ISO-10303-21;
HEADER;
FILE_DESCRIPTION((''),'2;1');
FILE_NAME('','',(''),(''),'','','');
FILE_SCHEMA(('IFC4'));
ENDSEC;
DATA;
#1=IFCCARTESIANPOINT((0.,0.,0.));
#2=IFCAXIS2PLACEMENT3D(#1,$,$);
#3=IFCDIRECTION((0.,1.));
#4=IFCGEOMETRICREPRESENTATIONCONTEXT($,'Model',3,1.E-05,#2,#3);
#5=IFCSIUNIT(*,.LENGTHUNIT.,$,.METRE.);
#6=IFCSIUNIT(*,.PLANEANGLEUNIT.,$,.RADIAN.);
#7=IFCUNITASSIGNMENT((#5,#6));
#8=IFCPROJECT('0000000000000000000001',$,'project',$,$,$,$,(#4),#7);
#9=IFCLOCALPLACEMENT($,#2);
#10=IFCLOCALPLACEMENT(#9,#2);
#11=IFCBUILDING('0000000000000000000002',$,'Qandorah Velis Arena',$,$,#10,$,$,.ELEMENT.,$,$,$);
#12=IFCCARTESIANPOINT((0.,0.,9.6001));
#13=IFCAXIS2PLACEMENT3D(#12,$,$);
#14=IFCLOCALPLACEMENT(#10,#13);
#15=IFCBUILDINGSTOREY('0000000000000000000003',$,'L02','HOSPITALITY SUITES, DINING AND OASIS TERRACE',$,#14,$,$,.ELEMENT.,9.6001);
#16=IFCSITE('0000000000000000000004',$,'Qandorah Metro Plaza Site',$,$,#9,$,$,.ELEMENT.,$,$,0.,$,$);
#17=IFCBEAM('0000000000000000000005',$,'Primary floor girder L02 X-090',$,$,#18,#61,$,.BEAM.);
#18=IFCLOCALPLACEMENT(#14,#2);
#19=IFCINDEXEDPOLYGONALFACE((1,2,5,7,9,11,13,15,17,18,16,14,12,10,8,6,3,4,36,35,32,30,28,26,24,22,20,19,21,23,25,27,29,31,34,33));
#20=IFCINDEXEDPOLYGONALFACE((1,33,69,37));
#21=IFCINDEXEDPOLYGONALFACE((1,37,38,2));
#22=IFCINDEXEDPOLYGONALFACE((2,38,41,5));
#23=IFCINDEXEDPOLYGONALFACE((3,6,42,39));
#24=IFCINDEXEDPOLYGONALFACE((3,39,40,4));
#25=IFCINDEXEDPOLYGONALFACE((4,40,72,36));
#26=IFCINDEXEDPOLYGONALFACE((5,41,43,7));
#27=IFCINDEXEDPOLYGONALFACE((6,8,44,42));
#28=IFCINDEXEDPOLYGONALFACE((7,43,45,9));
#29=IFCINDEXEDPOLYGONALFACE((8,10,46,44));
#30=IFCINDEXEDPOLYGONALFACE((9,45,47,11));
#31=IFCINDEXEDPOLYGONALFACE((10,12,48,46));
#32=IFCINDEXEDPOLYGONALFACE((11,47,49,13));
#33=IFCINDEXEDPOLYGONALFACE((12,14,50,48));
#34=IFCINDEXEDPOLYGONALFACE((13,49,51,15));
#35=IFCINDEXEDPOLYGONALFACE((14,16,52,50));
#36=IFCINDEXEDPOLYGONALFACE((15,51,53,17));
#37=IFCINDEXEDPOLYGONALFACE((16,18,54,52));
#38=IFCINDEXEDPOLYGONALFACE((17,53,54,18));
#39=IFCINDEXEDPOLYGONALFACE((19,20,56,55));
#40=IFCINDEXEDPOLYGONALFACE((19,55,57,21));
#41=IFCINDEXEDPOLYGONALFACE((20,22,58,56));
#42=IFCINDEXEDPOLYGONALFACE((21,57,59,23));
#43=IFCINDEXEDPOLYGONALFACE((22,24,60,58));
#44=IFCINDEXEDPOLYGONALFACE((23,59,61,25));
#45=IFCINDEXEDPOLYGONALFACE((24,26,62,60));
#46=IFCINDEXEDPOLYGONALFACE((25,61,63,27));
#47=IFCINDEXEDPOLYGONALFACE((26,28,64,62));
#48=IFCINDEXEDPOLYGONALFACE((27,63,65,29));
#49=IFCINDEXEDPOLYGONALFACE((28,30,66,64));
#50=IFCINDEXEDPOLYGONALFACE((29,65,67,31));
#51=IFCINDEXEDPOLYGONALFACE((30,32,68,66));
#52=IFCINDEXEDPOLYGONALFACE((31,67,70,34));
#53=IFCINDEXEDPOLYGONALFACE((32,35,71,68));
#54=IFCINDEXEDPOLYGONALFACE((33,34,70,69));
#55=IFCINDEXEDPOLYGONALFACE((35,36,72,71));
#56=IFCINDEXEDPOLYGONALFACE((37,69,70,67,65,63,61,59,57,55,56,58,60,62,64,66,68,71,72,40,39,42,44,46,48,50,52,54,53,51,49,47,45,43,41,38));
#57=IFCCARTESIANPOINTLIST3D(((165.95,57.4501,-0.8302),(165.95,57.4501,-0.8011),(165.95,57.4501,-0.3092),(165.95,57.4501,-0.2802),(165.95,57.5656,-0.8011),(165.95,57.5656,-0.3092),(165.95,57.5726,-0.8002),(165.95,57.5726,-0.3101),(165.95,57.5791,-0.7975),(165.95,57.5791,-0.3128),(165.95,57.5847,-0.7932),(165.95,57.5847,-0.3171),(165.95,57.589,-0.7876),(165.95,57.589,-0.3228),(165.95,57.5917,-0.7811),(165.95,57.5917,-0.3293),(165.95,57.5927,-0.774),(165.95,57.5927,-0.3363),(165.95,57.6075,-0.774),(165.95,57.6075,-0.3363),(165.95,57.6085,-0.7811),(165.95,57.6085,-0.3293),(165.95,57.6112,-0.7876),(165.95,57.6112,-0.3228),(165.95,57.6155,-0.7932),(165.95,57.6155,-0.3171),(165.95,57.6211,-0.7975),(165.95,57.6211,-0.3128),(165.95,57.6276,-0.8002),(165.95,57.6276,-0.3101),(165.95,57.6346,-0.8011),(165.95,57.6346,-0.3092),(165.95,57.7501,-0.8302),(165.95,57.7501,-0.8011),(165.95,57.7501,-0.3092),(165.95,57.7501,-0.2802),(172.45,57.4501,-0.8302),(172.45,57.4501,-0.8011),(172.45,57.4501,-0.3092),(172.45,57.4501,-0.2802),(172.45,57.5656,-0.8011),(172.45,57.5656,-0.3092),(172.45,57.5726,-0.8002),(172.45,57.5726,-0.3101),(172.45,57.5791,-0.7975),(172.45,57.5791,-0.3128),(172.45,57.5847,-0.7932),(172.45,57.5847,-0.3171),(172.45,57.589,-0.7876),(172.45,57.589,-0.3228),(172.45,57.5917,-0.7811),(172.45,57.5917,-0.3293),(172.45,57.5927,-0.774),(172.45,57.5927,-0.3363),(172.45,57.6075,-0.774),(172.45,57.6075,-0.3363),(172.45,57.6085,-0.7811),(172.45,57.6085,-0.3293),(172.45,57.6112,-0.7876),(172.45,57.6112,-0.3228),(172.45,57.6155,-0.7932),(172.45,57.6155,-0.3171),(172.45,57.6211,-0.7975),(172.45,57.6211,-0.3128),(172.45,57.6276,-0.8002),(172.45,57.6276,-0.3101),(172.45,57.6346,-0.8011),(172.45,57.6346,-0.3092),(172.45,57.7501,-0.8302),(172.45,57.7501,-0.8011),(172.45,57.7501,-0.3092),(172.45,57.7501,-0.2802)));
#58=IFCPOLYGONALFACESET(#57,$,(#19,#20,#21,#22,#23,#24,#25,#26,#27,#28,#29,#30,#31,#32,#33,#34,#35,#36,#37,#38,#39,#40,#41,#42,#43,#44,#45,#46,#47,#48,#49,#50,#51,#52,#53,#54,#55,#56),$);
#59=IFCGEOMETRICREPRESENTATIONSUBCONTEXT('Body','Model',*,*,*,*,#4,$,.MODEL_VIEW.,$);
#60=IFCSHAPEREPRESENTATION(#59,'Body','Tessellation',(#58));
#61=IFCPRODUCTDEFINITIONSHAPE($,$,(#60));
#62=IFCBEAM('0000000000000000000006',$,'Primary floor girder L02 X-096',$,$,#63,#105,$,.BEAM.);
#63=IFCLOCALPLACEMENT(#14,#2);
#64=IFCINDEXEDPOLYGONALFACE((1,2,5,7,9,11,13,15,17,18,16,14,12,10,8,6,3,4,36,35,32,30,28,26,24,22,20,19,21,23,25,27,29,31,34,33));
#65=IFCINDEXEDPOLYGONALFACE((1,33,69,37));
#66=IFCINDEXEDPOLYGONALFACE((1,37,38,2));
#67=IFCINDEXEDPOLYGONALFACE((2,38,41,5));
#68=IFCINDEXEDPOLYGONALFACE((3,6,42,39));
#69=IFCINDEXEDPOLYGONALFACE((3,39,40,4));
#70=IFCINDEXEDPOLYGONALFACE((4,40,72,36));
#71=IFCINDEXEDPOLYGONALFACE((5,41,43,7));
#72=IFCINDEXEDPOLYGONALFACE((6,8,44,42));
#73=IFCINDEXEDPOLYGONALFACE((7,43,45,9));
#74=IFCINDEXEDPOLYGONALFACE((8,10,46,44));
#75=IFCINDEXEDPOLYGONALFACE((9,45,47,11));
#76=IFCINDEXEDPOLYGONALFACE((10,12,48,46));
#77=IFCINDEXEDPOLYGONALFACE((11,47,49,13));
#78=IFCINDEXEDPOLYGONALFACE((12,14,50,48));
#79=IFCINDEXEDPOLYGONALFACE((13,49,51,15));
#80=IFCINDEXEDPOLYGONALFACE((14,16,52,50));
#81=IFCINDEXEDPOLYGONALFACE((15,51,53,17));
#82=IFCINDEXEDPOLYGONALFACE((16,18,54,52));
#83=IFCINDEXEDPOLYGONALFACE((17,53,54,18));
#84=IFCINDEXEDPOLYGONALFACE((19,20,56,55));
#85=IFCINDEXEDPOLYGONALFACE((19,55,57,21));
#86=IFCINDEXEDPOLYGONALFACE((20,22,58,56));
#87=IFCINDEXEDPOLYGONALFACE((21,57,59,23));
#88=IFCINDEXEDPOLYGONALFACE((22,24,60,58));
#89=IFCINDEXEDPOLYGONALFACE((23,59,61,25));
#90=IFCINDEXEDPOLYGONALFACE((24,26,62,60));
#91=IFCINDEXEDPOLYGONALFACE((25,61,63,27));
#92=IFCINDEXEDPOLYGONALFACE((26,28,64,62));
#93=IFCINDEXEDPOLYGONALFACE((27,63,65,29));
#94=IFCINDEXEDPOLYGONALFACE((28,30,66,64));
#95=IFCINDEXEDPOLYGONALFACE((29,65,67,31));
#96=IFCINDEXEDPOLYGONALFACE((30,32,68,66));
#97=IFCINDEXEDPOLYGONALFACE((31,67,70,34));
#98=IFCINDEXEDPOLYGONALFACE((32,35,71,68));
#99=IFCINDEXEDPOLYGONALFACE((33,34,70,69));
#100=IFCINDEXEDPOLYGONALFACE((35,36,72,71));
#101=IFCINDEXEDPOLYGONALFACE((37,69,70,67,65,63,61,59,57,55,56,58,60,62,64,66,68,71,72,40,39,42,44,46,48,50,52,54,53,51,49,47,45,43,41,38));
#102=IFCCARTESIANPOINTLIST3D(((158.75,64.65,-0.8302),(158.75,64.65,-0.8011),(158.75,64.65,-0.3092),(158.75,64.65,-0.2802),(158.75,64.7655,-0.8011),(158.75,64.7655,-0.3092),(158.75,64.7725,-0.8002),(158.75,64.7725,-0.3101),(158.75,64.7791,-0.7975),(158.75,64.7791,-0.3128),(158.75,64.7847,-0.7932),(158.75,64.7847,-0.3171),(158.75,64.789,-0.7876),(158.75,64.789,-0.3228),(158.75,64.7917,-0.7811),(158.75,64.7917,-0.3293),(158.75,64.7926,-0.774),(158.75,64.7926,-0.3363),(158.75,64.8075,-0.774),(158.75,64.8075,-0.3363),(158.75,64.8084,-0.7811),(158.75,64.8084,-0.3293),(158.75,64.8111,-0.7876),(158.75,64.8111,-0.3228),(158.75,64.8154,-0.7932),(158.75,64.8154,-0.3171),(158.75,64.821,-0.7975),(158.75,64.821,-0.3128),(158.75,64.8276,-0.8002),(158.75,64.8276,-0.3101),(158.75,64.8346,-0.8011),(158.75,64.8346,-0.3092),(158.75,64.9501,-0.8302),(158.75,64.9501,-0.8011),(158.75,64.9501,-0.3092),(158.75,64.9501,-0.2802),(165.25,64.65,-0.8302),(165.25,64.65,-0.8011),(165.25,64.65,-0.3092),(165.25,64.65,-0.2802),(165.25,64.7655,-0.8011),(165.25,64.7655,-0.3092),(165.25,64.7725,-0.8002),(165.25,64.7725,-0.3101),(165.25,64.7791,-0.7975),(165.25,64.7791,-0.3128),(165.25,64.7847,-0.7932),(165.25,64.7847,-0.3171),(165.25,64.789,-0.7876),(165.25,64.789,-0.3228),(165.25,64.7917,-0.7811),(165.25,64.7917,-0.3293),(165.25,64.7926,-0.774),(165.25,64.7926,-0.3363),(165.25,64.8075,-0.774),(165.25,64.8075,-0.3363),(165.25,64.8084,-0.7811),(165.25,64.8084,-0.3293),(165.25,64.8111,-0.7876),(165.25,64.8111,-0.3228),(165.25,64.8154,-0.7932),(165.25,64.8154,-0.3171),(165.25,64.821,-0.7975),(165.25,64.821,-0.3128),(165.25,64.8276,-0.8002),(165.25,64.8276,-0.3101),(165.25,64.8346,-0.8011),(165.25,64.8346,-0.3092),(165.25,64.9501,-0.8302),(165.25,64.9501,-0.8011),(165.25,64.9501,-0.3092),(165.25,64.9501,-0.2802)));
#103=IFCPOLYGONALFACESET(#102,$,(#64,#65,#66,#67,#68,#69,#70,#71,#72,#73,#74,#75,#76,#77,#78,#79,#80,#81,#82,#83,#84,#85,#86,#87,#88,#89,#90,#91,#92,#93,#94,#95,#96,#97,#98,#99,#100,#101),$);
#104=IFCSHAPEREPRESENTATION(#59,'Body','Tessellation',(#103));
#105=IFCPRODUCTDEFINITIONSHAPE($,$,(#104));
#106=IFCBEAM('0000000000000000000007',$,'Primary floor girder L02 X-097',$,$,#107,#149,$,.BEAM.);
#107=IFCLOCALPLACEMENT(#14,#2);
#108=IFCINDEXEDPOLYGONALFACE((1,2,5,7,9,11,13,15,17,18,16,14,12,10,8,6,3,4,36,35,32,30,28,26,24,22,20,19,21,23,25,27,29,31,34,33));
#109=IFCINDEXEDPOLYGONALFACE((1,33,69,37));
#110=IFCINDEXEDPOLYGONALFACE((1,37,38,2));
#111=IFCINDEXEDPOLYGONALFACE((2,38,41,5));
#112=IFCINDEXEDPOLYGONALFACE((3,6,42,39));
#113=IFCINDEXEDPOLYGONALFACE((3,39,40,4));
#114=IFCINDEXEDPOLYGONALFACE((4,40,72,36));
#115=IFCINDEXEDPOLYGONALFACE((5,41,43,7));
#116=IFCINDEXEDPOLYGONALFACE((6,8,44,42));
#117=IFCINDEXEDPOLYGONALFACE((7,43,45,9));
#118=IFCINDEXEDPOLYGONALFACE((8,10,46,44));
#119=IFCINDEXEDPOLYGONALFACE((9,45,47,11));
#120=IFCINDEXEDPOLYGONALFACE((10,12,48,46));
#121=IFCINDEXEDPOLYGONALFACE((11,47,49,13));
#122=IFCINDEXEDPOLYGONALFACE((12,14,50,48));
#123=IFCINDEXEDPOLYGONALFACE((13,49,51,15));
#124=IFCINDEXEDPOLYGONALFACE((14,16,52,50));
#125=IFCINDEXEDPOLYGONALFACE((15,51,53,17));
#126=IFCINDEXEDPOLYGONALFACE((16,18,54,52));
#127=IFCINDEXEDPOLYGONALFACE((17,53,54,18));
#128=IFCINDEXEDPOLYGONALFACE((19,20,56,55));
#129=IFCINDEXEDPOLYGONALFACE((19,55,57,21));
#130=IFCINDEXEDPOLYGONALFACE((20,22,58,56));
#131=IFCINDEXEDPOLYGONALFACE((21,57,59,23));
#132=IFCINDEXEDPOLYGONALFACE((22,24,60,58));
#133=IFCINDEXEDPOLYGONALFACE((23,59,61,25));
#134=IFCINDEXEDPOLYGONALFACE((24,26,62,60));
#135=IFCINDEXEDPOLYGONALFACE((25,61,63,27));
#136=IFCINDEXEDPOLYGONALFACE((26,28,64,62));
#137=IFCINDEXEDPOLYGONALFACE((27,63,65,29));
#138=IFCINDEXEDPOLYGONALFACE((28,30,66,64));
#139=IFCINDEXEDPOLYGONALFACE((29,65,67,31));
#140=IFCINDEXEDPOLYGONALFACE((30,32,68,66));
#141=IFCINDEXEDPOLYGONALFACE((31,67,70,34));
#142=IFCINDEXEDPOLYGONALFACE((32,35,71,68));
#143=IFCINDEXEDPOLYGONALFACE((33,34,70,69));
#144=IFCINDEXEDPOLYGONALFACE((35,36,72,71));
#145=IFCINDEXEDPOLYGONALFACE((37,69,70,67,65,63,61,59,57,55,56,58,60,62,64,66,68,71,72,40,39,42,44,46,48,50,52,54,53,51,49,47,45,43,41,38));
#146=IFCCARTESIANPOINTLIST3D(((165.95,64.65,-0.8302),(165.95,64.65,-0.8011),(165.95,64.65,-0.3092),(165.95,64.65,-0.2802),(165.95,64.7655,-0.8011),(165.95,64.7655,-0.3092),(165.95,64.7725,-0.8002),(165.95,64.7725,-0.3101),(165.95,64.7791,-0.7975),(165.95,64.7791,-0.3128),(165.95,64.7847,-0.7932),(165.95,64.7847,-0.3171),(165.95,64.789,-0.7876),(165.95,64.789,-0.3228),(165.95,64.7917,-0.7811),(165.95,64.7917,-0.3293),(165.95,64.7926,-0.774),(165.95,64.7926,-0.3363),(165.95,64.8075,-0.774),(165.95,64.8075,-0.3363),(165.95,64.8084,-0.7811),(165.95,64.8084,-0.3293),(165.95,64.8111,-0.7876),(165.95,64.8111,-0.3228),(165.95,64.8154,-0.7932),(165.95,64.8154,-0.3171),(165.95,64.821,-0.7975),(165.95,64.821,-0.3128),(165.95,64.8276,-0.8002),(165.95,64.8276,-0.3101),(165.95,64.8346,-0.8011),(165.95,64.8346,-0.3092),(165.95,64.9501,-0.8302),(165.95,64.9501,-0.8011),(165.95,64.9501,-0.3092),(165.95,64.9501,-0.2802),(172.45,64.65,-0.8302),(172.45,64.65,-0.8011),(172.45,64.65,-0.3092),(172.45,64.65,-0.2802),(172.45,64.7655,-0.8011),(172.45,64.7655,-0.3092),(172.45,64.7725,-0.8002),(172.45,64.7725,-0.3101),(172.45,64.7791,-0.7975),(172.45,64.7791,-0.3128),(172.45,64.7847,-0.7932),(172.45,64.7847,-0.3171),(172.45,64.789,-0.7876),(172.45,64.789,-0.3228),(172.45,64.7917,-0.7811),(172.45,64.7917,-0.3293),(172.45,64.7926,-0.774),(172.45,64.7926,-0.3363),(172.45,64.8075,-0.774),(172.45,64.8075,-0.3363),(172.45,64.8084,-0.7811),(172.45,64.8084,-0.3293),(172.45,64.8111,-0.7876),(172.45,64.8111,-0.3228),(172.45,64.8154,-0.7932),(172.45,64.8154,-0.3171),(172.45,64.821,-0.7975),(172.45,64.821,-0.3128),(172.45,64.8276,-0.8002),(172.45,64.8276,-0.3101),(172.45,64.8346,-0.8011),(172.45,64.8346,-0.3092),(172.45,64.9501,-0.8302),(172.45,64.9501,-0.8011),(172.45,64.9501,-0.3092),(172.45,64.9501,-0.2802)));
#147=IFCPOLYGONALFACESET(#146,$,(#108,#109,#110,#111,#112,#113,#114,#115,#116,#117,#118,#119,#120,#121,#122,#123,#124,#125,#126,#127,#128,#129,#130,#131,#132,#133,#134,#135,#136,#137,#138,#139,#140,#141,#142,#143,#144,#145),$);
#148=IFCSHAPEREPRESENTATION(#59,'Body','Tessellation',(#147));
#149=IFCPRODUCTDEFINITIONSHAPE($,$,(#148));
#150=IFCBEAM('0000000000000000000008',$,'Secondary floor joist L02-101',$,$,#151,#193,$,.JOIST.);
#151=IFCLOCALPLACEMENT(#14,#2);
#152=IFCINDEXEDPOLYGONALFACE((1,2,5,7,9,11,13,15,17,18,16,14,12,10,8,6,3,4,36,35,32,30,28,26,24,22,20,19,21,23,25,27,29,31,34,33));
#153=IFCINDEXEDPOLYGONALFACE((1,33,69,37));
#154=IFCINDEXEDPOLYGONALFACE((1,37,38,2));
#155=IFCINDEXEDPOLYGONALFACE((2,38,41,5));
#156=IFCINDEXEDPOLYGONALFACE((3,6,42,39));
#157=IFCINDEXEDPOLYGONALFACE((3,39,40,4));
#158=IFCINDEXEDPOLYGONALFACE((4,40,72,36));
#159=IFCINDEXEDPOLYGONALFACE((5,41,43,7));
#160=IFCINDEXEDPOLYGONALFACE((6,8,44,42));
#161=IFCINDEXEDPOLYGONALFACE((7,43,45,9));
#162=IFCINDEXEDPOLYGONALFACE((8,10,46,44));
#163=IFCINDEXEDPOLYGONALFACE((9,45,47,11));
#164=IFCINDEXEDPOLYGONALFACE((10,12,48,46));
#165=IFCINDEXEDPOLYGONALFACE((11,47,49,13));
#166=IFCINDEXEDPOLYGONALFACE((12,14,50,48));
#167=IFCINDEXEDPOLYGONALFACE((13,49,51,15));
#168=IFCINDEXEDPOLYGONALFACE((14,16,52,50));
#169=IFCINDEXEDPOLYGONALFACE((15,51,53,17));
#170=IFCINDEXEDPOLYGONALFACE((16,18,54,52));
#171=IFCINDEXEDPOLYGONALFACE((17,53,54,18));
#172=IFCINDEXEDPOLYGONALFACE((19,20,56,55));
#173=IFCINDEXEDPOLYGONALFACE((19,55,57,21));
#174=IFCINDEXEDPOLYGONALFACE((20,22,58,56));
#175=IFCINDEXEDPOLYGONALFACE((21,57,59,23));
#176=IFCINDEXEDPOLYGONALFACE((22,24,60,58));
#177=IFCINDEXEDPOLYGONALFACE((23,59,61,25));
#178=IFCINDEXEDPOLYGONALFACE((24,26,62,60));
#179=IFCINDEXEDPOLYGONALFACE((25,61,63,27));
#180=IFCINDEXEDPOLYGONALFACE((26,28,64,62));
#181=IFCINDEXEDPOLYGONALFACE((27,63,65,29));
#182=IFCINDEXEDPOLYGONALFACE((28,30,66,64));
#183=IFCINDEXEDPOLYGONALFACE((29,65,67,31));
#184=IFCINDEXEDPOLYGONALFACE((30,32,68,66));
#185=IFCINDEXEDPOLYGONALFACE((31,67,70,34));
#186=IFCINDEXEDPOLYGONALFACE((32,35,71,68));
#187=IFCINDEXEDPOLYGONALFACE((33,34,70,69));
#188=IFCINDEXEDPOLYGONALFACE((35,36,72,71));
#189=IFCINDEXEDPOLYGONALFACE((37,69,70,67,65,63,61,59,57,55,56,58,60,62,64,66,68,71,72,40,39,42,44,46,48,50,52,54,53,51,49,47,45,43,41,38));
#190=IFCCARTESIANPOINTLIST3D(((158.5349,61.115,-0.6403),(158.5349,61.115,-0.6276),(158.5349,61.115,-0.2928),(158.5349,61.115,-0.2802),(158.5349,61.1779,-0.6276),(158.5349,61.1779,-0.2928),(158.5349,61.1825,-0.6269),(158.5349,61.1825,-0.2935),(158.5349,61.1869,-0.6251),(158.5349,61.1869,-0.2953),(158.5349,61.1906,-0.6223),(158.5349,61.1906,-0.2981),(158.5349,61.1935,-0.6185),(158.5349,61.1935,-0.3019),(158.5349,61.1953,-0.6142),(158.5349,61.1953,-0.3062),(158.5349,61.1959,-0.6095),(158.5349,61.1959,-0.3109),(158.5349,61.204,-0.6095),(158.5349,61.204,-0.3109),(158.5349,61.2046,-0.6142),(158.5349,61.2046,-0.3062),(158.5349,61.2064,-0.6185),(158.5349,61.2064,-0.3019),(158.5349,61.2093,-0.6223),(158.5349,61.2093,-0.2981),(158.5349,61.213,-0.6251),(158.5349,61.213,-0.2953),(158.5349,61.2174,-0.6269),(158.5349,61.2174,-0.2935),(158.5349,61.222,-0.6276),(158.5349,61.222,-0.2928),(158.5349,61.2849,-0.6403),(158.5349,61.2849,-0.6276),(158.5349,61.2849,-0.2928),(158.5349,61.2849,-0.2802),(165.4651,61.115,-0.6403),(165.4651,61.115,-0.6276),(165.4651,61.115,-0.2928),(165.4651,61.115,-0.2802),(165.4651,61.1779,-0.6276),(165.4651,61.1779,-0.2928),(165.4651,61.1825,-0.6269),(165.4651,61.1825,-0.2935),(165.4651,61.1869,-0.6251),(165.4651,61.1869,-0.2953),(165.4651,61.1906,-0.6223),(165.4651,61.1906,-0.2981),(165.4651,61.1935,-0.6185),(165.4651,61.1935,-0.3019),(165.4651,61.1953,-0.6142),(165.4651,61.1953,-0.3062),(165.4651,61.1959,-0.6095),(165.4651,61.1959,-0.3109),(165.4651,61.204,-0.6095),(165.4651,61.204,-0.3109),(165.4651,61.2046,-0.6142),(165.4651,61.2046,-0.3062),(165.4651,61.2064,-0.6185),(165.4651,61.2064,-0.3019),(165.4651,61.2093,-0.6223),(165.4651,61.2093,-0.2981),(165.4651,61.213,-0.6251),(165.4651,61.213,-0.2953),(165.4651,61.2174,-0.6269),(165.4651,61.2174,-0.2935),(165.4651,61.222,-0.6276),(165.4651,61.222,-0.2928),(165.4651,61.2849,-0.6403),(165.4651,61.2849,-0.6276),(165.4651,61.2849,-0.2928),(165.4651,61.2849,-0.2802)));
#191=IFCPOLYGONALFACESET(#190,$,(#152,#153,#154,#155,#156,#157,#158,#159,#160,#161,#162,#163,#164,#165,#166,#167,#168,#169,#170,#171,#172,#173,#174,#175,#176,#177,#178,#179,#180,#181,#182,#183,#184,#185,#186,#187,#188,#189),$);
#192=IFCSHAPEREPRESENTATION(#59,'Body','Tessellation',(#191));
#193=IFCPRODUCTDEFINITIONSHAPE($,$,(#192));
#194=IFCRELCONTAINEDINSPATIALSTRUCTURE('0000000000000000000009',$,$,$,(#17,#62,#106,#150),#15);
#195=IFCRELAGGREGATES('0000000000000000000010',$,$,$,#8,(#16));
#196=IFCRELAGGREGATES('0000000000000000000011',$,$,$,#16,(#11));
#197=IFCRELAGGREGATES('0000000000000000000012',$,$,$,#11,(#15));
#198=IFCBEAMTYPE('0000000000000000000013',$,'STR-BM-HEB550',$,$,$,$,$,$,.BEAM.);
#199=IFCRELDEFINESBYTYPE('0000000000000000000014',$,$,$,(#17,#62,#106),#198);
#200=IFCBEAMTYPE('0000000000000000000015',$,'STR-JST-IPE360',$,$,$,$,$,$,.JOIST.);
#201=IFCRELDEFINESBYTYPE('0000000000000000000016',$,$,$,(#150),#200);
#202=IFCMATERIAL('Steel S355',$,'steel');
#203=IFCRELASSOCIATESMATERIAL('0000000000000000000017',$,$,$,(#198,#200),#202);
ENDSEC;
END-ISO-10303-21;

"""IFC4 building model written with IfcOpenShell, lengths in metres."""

from ifc_helpers import new_model, si_unit, direction, frame, origin, origin_2d, place, context, subcontext, project, spatial, i_section, extrude, material, material_profile, profile_set, type_object, element, save


model = new_model("IFC4")

# Units and contexts
model_context = context("Model", 3, precision=1e-05, world=origin(), true_north=direction((0.0, 1.0)))
body_context = subcontext(model_context, "Body", "Model", "MODEL_VIEW")
ifc_project = project(units=[si_unit("LENGTHUNIT", "METRE"), si_unit("PLANEANGLEUNIT", "RADIAN")], contexts=[model_context])

# Site, building, storey
site_placement = place(None, origin())
site = spatial("IfcSite", under=ifc_project, at=site_placement, Name="Qandorah Metro Plaza Site", CompositionType="ELEMENT", RefElevation=0.0)
building_placement = place(site_placement, origin())
building = spatial("IfcBuilding", under=site, at=building_placement, Name="Qandorah Velis Arena", CompositionType="ELEMENT")
storey_placement = place(building_placement, frame((0.0, 0.0, 9.6001)))
storey = spatial("IfcBuildingStorey", under=building, at=storey_placement, Name="L02", Description="HOSPITALITY SUITES, DINING AND OASIS TERRACE", CompositionType="ELEMENT", Elevation=9.6001)

# Shared definitions
ifc_material_1 = material(Name="Steel S355", Category="steel")

# Beams
ifc_material_profile_1 = material_profile(ifc_material_1, i_section(OverallWidth=0.3, OverallDepth=0.55, WebThickness=0.0149, FlangeThickness=0.0291, FilletRadius=0.0271, at=origin_2d()), Name="HEB 550")
ifc_profile_set_1 = profile_set([ifc_material_profile_1], Name="Steel S355")
beam_type_1 = type_object("IfcBeamType", Name="STR-BM-HEB550", PredefinedType="BEAM", material=ifc_profile_set_1)
for number, where, z_axis, x_axis, name in (
    (1, (165.95, 57.6001, -0.5552), (1.0, 0.0, 0.0), (0.0, 1.0, 0.0), "Primary floor girder L02 X-090"),
    (2, (158.75, 64.8, -0.5552), (1.0, 0.0, 0.0), (0.0, 1.0, 0.0), "Primary floor girder L02 X-096"),
    (3, (165.95, 64.8, -0.5552), (1.0, 0.0, 0.0), (0.0, 1.0, 0.0), "Primary floor girder L02 X-097"),
):
    element("IfcBeam", number, at=place(storey_placement, frame(where, z_axis=z_axis, x_axis=x_axis)), inside=storey, type_object=beam_type_1, Name=name, PredefinedType="BEAM", context=body_context, shape_type="SweptSolid", body=[
        extrude(i_section(OverallWidth=0.3, OverallDepth=0.55, WebThickness=0.0149, FlangeThickness=0.0291, FilletRadius=0.0271, at=origin_2d()), origin(), (0.0, 0.0, 1.0), 6.5),
    ])
ifc_material_profile_2 = material_profile(ifc_material_1, i_section(OverallWidth=0.1699, OverallDepth=0.3601, WebThickness=0.0081, FlangeThickness=0.0127, FilletRadius=0.0181, at=origin_2d()), Name="IPE 360")
ifc_profile_set_2 = profile_set([ifc_material_profile_2], Name="Steel S355")
beam_type_2 = type_object("IfcBeamType", Name="STR-JST-IPE360", PredefinedType="JOIST", material=ifc_profile_set_2)
beam_1_placement = place(storey_placement, frame((158.5349, 61.2, -0.4602), z_axis=(1.0, 0.0, 0.0), x_axis=(0.0, 1.0, 0.0)))
element("IfcBeam", 4, at=beam_1_placement, inside=storey, type_object=beam_type_2, Name="Secondary floor joist L02-101", PredefinedType="JOIST", context=body_context, shape_type="SweptSolid", body=[
    extrude(i_section(OverallWidth=0.1699, OverallDepth=0.3601, WebThickness=0.0081, FlangeThickness=0.0127, FilletRadius=0.0181, at=origin_2d()), origin(), (0.0, 0.0, 1.0), 6.9302),
])

save(model, "model.ifc")
